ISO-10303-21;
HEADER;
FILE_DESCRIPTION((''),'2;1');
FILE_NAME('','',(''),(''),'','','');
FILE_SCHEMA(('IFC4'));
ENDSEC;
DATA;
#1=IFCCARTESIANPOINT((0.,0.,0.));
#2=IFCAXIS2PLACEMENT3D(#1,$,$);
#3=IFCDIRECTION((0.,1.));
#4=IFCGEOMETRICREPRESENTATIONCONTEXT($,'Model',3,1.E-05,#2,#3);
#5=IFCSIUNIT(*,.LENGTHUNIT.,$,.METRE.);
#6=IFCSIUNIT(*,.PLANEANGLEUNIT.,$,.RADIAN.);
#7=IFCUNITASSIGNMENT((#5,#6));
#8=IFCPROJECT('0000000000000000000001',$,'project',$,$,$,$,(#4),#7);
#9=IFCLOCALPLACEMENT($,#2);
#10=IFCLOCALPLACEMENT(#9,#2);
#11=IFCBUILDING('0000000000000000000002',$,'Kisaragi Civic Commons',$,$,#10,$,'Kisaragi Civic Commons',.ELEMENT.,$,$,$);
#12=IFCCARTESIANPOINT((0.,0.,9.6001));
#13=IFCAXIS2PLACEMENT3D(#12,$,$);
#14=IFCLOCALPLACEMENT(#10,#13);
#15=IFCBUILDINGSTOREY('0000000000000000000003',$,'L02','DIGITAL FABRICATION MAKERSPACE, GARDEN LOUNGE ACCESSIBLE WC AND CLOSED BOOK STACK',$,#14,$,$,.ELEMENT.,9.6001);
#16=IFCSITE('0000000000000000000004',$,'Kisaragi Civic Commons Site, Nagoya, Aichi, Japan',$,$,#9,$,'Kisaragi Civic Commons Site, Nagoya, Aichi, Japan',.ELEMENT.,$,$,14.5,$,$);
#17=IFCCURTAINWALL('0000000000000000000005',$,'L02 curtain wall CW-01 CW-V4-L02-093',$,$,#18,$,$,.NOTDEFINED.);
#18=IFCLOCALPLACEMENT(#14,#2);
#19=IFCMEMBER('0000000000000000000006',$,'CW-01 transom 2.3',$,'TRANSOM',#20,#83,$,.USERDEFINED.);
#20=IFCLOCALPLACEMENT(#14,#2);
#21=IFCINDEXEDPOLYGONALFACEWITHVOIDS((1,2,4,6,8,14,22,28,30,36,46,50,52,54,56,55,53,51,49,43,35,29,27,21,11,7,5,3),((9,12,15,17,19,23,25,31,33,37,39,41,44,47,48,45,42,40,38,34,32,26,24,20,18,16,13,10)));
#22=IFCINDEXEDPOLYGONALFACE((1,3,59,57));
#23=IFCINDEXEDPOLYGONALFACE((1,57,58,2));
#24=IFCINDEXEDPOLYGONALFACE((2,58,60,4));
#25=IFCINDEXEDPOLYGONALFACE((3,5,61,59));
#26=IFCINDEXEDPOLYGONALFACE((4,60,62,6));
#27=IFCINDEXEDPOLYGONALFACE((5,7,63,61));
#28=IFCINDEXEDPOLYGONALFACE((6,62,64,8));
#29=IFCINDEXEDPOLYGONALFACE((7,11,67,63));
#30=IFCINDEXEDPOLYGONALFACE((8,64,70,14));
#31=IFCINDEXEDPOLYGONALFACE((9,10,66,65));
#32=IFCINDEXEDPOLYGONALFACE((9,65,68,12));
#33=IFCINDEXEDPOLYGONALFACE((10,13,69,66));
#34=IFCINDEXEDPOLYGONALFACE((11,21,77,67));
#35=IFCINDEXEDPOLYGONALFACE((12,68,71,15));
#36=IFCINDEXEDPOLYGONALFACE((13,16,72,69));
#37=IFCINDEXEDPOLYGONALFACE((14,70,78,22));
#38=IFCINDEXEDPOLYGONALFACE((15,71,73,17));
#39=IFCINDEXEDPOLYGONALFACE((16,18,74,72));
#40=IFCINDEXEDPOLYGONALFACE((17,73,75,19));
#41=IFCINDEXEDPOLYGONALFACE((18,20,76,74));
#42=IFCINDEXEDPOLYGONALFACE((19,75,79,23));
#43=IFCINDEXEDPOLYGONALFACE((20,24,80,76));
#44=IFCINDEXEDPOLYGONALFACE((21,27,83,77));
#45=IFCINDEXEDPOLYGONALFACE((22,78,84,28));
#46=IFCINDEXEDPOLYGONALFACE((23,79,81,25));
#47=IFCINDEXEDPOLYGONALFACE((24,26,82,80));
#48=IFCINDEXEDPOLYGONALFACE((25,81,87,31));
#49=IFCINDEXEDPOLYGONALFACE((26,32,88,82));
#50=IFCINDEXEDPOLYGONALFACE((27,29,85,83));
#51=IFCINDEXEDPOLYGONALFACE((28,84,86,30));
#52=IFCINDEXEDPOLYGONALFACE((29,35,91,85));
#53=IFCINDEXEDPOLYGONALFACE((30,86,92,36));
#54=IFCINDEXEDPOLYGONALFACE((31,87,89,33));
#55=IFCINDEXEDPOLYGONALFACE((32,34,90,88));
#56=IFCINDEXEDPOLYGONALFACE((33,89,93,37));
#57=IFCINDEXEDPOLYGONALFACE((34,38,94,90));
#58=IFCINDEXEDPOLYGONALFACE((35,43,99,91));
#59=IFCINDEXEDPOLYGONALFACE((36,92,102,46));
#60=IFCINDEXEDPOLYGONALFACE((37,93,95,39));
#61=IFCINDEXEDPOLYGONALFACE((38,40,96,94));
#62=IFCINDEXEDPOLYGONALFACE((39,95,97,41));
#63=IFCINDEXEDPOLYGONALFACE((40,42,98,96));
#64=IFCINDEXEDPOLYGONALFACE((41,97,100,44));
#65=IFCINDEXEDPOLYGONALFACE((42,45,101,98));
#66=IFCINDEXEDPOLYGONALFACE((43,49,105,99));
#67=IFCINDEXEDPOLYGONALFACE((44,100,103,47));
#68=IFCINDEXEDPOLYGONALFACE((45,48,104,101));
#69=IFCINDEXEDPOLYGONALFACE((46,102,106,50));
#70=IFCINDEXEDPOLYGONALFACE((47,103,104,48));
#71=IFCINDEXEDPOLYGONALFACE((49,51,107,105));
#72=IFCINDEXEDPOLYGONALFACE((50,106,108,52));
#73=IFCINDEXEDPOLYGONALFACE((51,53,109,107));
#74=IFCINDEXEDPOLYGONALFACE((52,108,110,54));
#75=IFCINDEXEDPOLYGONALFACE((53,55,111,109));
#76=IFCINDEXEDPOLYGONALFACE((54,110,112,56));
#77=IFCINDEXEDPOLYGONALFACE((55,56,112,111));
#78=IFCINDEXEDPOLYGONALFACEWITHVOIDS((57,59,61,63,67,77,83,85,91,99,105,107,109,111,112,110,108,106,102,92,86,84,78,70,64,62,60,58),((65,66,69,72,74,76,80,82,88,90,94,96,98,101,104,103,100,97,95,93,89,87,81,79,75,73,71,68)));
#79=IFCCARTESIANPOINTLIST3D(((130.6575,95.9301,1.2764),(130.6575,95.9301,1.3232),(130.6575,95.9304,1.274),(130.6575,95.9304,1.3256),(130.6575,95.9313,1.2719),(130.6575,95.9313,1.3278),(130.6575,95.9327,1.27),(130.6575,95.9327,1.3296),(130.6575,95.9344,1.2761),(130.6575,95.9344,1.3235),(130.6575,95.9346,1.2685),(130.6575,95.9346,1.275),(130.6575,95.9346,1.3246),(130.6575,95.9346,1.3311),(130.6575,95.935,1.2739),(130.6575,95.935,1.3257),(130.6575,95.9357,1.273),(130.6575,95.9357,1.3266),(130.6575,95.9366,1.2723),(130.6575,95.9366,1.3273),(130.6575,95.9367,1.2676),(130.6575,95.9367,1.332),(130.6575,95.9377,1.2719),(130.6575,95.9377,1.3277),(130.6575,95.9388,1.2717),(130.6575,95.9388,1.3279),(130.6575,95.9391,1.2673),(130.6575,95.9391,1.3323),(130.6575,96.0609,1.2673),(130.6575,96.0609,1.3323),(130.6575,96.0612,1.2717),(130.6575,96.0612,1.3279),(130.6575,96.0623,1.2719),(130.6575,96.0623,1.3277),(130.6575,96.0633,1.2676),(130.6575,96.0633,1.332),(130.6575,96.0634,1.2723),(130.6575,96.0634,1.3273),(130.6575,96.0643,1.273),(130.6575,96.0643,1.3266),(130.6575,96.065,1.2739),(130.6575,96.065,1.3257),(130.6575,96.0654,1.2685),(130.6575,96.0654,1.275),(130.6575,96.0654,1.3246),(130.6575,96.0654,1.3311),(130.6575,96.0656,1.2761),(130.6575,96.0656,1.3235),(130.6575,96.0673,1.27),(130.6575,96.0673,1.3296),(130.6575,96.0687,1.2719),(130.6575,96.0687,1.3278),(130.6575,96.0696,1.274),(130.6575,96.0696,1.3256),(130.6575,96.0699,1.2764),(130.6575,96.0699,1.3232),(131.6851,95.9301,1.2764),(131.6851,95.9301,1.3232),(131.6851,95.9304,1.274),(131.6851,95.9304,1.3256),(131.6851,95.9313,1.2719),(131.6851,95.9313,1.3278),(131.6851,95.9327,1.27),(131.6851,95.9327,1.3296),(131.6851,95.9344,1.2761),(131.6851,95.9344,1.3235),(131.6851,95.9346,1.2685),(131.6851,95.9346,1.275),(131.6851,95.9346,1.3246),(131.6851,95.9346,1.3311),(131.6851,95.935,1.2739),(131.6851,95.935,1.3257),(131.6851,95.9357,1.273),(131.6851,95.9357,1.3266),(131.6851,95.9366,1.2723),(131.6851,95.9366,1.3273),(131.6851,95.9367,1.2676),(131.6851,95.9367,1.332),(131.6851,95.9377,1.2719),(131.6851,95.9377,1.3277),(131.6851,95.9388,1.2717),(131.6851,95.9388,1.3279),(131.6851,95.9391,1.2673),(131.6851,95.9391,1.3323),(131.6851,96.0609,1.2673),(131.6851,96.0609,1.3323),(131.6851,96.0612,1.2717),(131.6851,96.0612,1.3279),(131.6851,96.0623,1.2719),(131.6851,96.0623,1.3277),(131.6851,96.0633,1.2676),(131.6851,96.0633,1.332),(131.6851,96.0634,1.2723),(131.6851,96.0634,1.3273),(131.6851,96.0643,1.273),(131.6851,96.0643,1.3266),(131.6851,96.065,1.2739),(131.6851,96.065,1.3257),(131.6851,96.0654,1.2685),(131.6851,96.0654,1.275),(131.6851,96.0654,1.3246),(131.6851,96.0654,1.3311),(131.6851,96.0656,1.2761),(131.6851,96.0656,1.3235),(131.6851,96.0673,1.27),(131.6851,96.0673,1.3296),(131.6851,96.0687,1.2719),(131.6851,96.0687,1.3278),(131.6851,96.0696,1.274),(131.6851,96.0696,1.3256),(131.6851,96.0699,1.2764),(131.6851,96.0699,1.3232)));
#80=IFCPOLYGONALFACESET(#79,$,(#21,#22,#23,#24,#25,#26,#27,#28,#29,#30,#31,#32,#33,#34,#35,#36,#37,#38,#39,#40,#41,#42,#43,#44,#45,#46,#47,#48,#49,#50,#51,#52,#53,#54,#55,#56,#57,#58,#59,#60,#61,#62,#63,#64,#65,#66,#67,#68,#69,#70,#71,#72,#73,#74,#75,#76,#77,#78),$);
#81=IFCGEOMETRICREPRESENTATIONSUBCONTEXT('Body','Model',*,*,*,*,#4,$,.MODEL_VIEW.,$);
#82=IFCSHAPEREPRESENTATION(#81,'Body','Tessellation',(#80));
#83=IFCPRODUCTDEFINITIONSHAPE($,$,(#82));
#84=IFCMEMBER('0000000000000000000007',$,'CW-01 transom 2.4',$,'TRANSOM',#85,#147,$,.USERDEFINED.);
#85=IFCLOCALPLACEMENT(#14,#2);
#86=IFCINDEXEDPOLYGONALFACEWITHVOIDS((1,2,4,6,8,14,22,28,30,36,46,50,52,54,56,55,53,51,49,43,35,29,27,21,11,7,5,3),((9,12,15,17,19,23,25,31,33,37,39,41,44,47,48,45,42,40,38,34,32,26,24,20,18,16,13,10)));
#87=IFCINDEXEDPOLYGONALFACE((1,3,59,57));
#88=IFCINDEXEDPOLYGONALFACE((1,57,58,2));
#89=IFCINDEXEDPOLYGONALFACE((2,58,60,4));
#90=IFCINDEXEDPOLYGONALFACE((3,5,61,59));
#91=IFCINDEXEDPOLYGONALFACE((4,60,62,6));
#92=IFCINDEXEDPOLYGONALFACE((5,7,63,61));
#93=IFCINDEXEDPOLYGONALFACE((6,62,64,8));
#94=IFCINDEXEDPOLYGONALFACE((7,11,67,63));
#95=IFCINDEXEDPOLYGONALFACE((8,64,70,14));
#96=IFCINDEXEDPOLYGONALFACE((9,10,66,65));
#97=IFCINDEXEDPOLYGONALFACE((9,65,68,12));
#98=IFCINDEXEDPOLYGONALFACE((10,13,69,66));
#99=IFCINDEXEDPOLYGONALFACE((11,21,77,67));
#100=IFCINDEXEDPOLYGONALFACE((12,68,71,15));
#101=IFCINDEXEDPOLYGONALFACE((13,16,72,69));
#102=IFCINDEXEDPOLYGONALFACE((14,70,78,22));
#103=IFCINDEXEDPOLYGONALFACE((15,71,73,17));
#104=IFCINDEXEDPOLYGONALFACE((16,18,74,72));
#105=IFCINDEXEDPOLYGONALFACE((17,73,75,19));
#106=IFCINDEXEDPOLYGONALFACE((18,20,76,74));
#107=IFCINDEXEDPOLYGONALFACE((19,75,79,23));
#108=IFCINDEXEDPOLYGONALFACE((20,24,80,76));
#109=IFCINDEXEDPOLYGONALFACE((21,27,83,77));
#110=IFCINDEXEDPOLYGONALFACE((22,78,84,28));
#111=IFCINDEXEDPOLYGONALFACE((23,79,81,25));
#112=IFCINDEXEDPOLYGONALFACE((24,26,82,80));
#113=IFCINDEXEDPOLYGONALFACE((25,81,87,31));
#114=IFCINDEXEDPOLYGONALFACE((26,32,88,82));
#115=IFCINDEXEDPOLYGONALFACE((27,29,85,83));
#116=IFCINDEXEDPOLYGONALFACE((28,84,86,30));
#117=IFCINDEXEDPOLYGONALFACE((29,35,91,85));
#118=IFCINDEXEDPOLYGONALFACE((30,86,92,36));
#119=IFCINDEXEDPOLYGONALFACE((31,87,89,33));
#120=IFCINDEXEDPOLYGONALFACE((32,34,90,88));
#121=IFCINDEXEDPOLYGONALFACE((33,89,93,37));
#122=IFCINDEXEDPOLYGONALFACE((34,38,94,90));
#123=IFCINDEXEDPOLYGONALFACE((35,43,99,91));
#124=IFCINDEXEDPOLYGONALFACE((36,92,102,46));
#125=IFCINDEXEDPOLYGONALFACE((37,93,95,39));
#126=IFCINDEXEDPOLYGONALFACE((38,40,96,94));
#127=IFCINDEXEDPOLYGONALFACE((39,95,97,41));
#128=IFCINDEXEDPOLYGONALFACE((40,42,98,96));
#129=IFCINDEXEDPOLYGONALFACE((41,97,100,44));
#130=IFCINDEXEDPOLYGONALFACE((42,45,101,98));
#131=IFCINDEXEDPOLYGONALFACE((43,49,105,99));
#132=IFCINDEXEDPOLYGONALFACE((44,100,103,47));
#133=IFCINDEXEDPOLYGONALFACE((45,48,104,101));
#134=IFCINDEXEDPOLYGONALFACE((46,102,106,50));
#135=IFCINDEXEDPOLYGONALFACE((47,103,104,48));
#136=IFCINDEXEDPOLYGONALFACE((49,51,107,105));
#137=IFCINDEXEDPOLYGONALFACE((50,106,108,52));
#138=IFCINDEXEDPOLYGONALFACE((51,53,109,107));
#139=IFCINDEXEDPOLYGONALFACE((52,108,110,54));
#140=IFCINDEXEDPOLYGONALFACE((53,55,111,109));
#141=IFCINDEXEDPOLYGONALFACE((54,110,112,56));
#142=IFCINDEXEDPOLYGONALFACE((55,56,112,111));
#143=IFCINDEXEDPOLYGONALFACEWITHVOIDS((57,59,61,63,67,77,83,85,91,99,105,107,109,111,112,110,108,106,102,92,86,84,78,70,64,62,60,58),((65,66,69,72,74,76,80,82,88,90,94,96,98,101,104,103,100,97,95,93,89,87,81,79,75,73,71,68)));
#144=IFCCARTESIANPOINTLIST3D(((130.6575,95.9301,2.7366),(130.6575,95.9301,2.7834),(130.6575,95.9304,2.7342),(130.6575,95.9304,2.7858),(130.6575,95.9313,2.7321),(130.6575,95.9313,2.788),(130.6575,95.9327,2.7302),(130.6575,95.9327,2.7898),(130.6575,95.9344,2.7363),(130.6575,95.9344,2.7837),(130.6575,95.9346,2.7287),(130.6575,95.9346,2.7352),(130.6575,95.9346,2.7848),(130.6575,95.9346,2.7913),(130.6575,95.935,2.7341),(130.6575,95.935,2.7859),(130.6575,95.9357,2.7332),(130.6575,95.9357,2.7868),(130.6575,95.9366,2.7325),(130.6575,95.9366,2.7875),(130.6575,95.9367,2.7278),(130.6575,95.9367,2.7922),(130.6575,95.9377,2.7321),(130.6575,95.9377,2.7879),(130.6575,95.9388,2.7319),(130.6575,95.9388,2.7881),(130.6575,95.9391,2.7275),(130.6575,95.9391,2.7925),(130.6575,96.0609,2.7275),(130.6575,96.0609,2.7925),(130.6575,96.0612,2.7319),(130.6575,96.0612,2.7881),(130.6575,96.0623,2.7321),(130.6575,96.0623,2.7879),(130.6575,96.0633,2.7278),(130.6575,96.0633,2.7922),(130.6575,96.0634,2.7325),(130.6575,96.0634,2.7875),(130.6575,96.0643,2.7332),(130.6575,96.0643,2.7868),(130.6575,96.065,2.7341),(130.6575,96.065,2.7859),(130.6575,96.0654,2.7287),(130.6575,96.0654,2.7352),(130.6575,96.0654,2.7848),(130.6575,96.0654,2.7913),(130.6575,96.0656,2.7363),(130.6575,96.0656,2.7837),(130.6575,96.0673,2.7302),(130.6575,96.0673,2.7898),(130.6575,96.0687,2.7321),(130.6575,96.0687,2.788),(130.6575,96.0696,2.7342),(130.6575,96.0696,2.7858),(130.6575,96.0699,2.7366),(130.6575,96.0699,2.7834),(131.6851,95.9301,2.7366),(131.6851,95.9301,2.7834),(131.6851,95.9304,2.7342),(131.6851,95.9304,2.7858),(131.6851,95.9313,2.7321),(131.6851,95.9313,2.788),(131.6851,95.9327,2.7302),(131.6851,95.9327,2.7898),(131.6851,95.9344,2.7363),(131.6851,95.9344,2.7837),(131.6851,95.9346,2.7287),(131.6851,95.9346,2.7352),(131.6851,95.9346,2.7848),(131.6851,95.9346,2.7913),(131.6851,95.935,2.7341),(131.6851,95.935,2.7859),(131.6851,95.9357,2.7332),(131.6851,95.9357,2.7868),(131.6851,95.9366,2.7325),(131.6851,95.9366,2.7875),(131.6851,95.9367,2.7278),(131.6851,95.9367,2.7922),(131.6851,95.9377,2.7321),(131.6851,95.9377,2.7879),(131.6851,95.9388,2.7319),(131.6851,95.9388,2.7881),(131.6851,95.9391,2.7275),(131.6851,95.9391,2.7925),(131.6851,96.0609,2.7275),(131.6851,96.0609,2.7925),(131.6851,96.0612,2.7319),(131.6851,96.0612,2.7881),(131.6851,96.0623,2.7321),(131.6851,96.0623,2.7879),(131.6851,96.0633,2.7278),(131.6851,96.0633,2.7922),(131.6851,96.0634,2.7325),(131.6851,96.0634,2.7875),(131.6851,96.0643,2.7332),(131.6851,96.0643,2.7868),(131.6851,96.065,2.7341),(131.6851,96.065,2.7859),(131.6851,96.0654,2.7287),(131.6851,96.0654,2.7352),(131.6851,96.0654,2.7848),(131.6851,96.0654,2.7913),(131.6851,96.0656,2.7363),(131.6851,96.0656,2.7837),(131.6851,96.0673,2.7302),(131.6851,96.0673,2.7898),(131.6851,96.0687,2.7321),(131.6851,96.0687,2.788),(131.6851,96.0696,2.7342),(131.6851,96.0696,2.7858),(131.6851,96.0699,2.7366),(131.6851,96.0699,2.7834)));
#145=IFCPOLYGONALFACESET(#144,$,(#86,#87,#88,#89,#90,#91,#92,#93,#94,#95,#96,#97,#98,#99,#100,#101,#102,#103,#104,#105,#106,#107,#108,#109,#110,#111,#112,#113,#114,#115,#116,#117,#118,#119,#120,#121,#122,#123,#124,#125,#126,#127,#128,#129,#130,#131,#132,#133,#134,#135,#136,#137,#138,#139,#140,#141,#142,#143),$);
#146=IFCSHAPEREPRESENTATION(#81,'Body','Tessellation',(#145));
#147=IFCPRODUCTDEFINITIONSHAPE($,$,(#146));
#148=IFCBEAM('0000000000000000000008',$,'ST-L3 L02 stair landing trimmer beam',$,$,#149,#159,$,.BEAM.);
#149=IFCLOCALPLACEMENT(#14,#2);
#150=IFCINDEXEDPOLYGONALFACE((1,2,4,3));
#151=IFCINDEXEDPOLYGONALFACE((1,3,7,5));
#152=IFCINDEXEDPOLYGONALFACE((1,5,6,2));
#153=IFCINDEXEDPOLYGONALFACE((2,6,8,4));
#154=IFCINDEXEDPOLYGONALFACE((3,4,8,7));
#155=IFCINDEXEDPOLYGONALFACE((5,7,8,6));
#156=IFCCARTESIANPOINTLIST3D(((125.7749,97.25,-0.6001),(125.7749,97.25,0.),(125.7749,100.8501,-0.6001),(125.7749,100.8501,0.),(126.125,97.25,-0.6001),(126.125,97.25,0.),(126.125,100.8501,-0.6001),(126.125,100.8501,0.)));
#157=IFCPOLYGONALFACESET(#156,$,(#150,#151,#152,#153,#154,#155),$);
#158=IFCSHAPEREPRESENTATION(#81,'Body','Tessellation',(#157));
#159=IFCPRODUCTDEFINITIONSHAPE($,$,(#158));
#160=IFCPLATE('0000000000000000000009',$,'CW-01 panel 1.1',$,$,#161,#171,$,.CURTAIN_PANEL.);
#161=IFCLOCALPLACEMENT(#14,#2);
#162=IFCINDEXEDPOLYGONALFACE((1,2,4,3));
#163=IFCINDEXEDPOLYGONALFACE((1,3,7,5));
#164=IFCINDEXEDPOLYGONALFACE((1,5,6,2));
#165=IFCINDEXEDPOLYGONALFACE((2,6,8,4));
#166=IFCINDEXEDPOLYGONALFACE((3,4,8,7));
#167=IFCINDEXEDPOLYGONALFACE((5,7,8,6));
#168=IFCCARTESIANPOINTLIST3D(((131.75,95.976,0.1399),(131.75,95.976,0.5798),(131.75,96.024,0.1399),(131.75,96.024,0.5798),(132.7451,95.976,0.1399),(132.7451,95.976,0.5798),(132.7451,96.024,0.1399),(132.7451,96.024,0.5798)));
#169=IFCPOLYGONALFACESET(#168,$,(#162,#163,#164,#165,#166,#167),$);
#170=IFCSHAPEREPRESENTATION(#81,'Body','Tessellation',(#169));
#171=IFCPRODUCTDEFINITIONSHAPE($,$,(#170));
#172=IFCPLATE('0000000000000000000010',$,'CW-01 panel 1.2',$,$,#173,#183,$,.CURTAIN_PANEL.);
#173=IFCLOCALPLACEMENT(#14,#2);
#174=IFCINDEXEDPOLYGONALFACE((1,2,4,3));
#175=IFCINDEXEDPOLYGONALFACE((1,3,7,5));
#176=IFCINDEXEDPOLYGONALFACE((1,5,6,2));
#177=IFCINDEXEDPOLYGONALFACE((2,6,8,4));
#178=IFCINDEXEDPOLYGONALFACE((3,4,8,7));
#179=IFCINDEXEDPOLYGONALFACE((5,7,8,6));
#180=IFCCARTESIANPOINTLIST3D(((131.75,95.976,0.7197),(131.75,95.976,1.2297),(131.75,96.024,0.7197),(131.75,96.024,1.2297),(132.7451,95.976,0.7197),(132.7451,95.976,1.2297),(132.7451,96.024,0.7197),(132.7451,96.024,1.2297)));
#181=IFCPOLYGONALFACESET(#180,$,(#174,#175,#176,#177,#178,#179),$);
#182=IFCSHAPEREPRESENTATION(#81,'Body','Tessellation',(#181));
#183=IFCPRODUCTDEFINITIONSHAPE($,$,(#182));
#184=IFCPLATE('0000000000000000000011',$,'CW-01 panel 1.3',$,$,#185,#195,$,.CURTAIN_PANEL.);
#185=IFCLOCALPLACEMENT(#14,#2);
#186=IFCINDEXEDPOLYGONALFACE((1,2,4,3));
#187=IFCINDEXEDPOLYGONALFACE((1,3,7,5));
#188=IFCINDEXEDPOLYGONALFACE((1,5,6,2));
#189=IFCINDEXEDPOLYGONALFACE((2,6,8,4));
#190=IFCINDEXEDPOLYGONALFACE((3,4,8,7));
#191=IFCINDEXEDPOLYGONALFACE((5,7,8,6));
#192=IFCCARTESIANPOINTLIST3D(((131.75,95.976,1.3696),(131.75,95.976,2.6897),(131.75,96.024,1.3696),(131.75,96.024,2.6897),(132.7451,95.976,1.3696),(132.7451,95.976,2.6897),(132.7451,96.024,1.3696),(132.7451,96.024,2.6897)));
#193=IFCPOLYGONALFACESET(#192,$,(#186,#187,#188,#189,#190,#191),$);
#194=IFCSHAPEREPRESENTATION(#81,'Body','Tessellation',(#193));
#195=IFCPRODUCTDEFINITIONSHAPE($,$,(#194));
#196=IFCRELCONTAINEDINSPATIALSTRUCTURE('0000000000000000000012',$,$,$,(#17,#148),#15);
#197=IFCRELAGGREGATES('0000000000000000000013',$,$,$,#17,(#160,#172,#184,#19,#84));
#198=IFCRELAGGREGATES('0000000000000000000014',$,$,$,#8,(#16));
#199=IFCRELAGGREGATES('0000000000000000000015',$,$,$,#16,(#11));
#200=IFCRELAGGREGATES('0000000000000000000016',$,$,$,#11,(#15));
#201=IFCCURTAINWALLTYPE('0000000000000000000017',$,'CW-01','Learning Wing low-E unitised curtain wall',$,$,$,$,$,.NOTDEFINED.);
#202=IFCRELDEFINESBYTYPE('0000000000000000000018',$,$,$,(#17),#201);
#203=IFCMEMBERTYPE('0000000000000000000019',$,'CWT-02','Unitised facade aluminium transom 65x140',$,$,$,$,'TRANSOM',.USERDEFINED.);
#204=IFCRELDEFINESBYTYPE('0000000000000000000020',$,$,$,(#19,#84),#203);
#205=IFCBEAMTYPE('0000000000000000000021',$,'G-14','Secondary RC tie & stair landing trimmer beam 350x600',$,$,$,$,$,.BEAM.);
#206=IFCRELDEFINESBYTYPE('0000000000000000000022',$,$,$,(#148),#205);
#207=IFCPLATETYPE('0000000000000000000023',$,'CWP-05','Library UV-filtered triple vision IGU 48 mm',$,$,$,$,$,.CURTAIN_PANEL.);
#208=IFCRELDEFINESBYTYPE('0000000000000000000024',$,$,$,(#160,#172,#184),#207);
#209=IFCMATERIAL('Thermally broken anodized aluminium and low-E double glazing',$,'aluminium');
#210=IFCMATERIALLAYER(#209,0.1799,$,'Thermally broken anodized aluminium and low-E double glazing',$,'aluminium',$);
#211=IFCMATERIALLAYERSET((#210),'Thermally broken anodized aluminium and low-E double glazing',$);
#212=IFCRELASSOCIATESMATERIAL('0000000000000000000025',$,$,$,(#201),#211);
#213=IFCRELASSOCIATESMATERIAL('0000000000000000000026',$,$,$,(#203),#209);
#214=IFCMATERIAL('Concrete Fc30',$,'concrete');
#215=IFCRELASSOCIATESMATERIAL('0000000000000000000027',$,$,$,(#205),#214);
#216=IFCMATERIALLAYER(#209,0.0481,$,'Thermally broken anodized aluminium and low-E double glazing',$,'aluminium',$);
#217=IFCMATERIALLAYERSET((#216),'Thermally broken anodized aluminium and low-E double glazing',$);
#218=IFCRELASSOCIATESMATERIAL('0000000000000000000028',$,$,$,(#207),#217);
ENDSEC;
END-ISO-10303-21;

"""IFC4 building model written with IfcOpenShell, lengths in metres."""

from ifc_helpers import new_model, si_unit, direction, frame, origin, origin_2d, place, context, subcontext, project, spatial, rectangle, hollow_rectangle, extrude, material, layer, layer_set, material_profile, profile_set, type_object, element, aggregate, save


model = new_model("IFC4")

# Units and contexts
model_context = context("Model", 3, precision=1e-05, world=origin(), true_north=direction((0.0, 1.0)))
body_context = subcontext(model_context, "Body", "Model", "MODEL_VIEW")
ifc_project = project(units=[si_unit("LENGTHUNIT", "METRE"), si_unit("PLANEANGLEUNIT", "RADIAN")], contexts=[model_context])

# Site, building, storey
site_placement = place(None, origin())
site = spatial("IfcSite", under=ifc_project, at=site_placement, Name="Kisaragi Civic Commons Site, Nagoya, Aichi, Japan", LongName="Kisaragi Civic Commons Site, Nagoya, Aichi, Japan", CompositionType="ELEMENT", RefElevation=14.5)
building_placement = place(site_placement, origin())
building = spatial("IfcBuilding", under=site, at=building_placement, Name="Kisaragi Civic Commons", LongName="Kisaragi Civic Commons", CompositionType="ELEMENT")
storey_placement = place(building_placement, frame((0.0, 0.0, 9.6001)))
storey = spatial("IfcBuildingStorey", under=building, at=storey_placement, Name="L02", Description="DIGITAL FABRICATION MAKERSPACE, GARDEN LOUNGE ACCESSIBLE WC AND CLOSED BOOK STACK", CompositionType="ELEMENT", Elevation=9.6001)

# Curtain wall, members
ifc_material_1 = material(Name="Thermally broken anodized aluminium and low-E double glazing", Category="aluminium")
ifc_layer_1 = layer(ifc_material_1, 0.1799, Name="Thermally broken anodized aluminium and low-E double glazing", Category="aluminium")
ifc_layer_set_1 = layer_set([ifc_layer_1], Name="Thermally broken anodized aluminium and low-E double glazing")
curtain_wall_type = type_object("IfcCurtainWallType", Name="CW-01", Description="Learning Wing low-E unitised curtain wall", PredefinedType="NOTDEFINED", material=ifc_layer_set_1)
curtain_wall_placement = place(storey_placement, origin())
curtain_wall = element("IfcCurtainWall", 1, at=curtain_wall_placement, inside=storey, type_object=curtain_wall_type, Name="L02 curtain wall CW-01 CW-V4-L02-093", PredefinedType="NOTDEFINED")
ifc_material_profile_1 = material_profile(ifc_material_1, hollow_rectangle(XDim=0.1399, YDim=0.0649, WallThickness=0.0044, InnerFilletRadius=0.0044, OuterFilletRadius=0.009, at=origin_2d()), Name="CWT-65x140x4.5", Category="aluminium")
ifc_profile_set_1 = profile_set([ifc_material_profile_1], Name="Thermally broken anodized aluminium and low-E double glazing")
member_type_1 = type_object("IfcMemberType", Name="CWT-02", Description="Unitised facade aluminium transom 65x140", ElementType="TRANSOM", PredefinedType="USERDEFINED", material=ifc_profile_set_1)
member_1_placement = place(storey_placement, frame((131.6851, 96.0, 1.2998), z_axis=(-1.0, 0.0, 0.0), x_axis=(0.0, -1.0, 0.0)))
member_1 = element("IfcMember", 2, at=member_1_placement, type_object=member_type_1, Name="CW-01 transom 2.3", ObjectType="TRANSOM", PredefinedType="USERDEFINED", context=body_context, shape_type="SweptSolid", body=[
    extrude(hollow_rectangle(XDim=0.1399, YDim=0.0649, WallThickness=0.0044, InnerFilletRadius=0.0044, OuterFilletRadius=0.009, at=origin_2d()), origin(), (0.0, 0.0, 1.0), 1.0276),
])
member_2_placement = place(storey_placement, frame((131.6851, 96.0, 2.76), z_axis=(-1.0, 0.0, 0.0), x_axis=(0.0, -1.0, 0.0)))
member_2 = element("IfcMember", 3, at=member_2_placement, type_object=member_type_1, Name="CW-01 transom 2.4", ObjectType="TRANSOM", PredefinedType="USERDEFINED", context=body_context, shape_type="SweptSolid", body=[
    extrude(hollow_rectangle(XDim=0.1399, YDim=0.0649, WallThickness=0.0044, InnerFilletRadius=0.0044, OuterFilletRadius=0.009, at=origin_2d()), origin(), (0.0, 0.0, 1.0), 1.0276),
])

# Beam
ifc_material_2 = material(Name="Concrete Fc30", Category="concrete")
ifc_material_profile_2 = material_profile(ifc_material_2, rectangle(XDim=0.3501, YDim=0.6001, at=origin_2d()), Name="RC-350x600", Category="concrete")
ifc_profile_set_2 = profile_set([ifc_material_profile_2], Name="Concrete Fc30")
beam_type = type_object("IfcBeamType", Name="G-14", Description="Secondary RC tie & stair landing trimmer beam 350x600", PredefinedType="BEAM", material=ifc_profile_set_2)
beam_placement = place(storey_placement, frame((125.95, 97.25, -0.3), z_axis=(0.0, 1.0, 0.0), x_axis=(-1.0, 0.0, 0.0)))
element("IfcBeam", 4, at=beam_placement, inside=storey, type_object=beam_type, Name="ST-L3 L02 stair landing trimmer beam", PredefinedType="BEAM", context=body_context, shape_type="SweptSolid", body=[
    extrude(rectangle(XDim=0.3501, YDim=0.6001, at=origin_2d()), origin(), (0.0, 0.0, 1.0), 3.6001),
])

# Plates
ifc_layer_2 = layer(ifc_material_1, 0.0481, Name="Thermally broken anodized aluminium and low-E double glazing", Category="aluminium")
ifc_layer_set_2 = layer_set([ifc_layer_2], Name="Thermally broken anodized aluminium and low-E double glazing")
plate_type = type_object("IfcPlateType", Name="CWP-05", Description="Library UV-filtered triple vision IGU 48 mm", PredefinedType="CURTAIN_PANEL", material=ifc_layer_set_2)
plate_1_placement = place(storey_placement, frame((132.2476, 96.0, 0.1399), z_axis=(0.0, 0.0, 1.0), x_axis=(-1.0, 0.0, 0.0)))
plate_1 = element("IfcPlate", 5, at=plate_1_placement, type_object=plate_type, Name="CW-01 panel 1.1", PredefinedType="CURTAIN_PANEL", context=body_context, shape_type="SweptSolid", body=[
    extrude(rectangle(XDim=0.9951, YDim=0.0481, at=origin_2d()), origin(), (0.0, 0.0, 1.0), 0.4399),
])
plate_2_placement = place(storey_placement, frame((132.2476, 96.0, 0.7197), z_axis=(0.0, 0.0, 1.0), x_axis=(-1.0, 0.0, 0.0)))
plate_2 = element("IfcPlate", 6, at=plate_2_placement, type_object=plate_type, Name="CW-01 panel 1.2", PredefinedType="CURTAIN_PANEL", context=body_context, shape_type="SweptSolid", body=[
    extrude(rectangle(XDim=0.9951, YDim=0.0481, at=origin_2d()), origin(), (0.0, 0.0, 1.0), 0.51),
])
plate_3_placement = place(storey_placement, frame((132.2476, 96.0, 1.3696), z_axis=(0.0, 0.0, 1.0), x_axis=(-1.0, 0.0, 0.0)))
plate_3 = element("IfcPlate", 7, at=plate_3_placement, type_object=plate_type, Name="CW-01 panel 1.3", PredefinedType="CURTAIN_PANEL", context=body_context, shape_type="SweptSolid", body=[
    extrude(rectangle(XDim=0.9951, YDim=0.0481, at=origin_2d()), origin(), (0.0, 0.0, 1.0), 1.3201),
])
aggregate(curtain_wall, [plate_1, plate_2, plate_3, member_1, member_2])

save(model, "model.ifc")
